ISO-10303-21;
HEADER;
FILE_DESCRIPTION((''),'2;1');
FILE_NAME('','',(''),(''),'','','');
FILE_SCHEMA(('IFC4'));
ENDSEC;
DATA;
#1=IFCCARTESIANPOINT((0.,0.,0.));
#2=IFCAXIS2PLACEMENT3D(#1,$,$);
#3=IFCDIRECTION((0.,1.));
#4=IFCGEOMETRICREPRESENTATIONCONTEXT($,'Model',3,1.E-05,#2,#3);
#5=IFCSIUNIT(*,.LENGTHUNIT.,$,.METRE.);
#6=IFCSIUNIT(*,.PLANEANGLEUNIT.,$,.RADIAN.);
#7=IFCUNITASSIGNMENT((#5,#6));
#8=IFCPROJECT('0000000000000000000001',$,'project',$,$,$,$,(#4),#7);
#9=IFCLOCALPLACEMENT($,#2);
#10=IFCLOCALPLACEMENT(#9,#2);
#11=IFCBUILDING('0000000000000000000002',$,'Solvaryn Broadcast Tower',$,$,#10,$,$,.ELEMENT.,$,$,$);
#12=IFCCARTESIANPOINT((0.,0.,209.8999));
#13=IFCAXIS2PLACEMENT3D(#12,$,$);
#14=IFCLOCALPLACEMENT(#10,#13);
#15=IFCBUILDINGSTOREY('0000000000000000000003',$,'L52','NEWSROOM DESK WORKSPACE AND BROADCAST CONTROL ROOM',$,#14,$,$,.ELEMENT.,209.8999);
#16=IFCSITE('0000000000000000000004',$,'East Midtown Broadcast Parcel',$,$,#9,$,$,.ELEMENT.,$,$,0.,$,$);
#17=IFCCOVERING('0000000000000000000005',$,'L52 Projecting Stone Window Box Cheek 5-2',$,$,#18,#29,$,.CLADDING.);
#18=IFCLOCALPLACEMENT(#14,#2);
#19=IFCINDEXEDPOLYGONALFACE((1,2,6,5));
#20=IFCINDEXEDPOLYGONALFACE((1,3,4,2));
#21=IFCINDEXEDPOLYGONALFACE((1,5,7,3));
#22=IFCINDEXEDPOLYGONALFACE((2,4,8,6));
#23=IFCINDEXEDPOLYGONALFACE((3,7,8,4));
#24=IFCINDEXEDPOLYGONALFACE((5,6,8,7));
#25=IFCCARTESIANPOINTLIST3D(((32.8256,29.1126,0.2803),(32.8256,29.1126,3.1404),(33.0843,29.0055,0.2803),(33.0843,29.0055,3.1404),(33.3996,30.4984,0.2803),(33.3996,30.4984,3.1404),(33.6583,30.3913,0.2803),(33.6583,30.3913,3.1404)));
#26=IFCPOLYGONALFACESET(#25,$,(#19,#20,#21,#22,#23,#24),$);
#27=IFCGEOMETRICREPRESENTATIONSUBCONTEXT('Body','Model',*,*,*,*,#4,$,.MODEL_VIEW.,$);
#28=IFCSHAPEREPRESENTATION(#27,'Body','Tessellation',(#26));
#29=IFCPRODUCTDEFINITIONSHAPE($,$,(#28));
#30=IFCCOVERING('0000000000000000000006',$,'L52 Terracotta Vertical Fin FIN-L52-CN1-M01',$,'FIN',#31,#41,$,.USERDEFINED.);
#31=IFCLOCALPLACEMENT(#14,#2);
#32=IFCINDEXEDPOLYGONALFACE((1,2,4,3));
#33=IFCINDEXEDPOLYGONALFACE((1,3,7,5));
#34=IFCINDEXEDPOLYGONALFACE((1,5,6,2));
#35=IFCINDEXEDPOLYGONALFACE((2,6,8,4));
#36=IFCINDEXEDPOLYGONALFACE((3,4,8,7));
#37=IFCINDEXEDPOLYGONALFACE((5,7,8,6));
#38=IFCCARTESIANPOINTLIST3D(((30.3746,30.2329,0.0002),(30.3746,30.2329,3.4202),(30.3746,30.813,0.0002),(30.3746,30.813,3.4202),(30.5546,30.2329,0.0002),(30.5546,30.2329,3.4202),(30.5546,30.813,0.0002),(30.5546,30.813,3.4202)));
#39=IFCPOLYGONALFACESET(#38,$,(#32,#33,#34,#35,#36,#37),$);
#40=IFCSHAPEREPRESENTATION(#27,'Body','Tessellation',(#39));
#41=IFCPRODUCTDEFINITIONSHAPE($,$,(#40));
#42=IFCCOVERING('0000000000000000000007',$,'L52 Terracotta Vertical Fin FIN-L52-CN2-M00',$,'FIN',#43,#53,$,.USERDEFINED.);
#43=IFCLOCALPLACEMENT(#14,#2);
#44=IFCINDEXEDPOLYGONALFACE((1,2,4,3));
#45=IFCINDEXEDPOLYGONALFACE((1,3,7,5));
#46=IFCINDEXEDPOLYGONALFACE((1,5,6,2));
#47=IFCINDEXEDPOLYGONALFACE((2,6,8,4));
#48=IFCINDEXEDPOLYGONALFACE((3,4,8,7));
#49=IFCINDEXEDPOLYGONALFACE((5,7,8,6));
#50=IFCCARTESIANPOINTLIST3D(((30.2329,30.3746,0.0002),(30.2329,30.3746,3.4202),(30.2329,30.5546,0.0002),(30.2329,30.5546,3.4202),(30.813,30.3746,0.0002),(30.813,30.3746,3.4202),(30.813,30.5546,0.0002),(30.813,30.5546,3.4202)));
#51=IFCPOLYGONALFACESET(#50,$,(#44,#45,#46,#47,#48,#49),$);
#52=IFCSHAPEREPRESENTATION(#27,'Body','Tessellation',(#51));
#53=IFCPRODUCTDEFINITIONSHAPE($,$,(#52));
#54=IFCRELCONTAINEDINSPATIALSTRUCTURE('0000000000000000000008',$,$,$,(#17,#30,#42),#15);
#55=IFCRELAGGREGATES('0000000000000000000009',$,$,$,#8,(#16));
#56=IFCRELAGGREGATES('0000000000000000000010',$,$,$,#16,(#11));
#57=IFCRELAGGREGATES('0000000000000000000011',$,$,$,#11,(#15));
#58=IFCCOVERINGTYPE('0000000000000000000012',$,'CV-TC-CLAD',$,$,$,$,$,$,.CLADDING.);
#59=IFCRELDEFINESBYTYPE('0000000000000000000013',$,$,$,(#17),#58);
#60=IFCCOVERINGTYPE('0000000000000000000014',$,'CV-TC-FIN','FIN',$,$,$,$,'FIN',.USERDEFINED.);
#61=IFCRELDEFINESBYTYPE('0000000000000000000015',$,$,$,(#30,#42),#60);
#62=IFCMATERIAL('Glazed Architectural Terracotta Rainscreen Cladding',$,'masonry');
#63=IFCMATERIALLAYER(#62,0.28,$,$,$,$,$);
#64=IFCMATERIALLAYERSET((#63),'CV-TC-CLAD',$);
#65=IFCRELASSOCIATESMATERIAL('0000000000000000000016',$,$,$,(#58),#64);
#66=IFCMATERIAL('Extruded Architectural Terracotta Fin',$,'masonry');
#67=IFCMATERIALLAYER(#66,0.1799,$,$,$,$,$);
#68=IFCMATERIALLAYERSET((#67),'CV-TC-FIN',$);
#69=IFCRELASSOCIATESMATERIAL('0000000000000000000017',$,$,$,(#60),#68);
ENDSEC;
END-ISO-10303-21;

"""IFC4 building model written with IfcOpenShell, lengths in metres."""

from ifc_helpers import new_model, si_unit, direction, frame, origin, origin_2d, place, context, subcontext, project, spatial, rectangle, extrude, material, layer, layer_set, type_object, element, save


model = new_model("IFC4")

# Units and contexts
model_context = context("Model", 3, precision=1e-05, world=origin(), true_north=direction((0.0, 1.0)))
body_context = subcontext(model_context, "Body", "Model", "MODEL_VIEW")
ifc_project = project(units=[si_unit("LENGTHUNIT", "METRE"), si_unit("PLANEANGLEUNIT", "RADIAN")], contexts=[model_context])

# Site, building, storey
site_placement = place(None, origin())
site = spatial("IfcSite", under=ifc_project, at=site_placement, Name="East Midtown Broadcast Parcel", CompositionType="ELEMENT", RefElevation=0.0)
building_placement = place(site_placement, origin())
building = spatial("IfcBuilding", under=site, at=building_placement, Name="Solvaryn Broadcast Tower", CompositionType="ELEMENT")
storey_placement = place(building_placement, frame((0.0, 0.0, 209.8999)))
storey = spatial("IfcBuildingStorey", under=building, at=storey_placement, Name="L52", Description="NEWSROOM DESK WORKSPACE AND BROADCAST CONTROL ROOM", CompositionType="ELEMENT", Elevation=209.8999)

# Coverings
ifc_material_1 = material(Name="Glazed Architectural Terracotta Rainscreen Cladding", Category="masonry")
ifc_layer_1 = layer(ifc_material_1, 0.28)
ifc_layer_set_1 = layer_set([ifc_layer_1], Name="CV-TC-CLAD")
covering_type_1 = type_object("IfcCoveringType", Name="CV-TC-CLAD", PredefinedType="CLADDING", material=ifc_layer_set_1)
covering_1_placement = place(storey_placement, frame((33.2419, 29.752, 0.2803), z_axis=(0.0, 0.0, 1.0), x_axis=(-0.92388, 0.382683, 0.0)))
element("IfcCovering", 1, at=covering_1_placement, inside=storey, type_object=covering_type_1, Name="L52 Projecting Stone Window Box Cheek 5-2", PredefinedType="CLADDING", context=body_context, shape_type="SweptSolid", body=[
    extrude(rectangle(XDim=0.28, YDim=1.5, at=origin_2d()), origin(), (0.0, 0.0, 1.0), 2.8601),
])
ifc_material_2 = material(Name="Extruded Architectural Terracotta Fin", Category="masonry")
ifc_layer_2 = layer(ifc_material_2, 0.1799)
ifc_layer_set_2 = layer_set([ifc_layer_2], Name="CV-TC-FIN")
covering_type_2 = type_object("IfcCoveringType", Name="CV-TC-FIN", Description="FIN", ElementType="FIN", PredefinedType="USERDEFINED", material=ifc_layer_set_2)
covering_2_placement = place(storey_placement, frame((30.4646, 30.5229, 0.0002), z_axis=(0.0, 0.0, 1.0), x_axis=(1.0, 0.0, 0.0)))
element("IfcCovering", 2, at=covering_2_placement, inside=storey, type_object=covering_type_2, Name="L52 Terracotta Vertical Fin FIN-L52-CN1-M01", ObjectType="FIN", PredefinedType="USERDEFINED", context=body_context, shape_type="SweptSolid", body=[
    extrude(rectangle(XDim=0.1799, YDim=0.5801, at=origin_2d()), origin(), (0.0, 0.0, 1.0), 3.4199),
])
covering_3_placement = place(storey_placement, frame((30.5229, 30.4646, 0.0002), z_axis=(0.0, 0.0, 1.0), x_axis=(1.0, 0.0, 0.0)))
element("IfcCovering", 3, at=covering_3_placement, inside=storey, type_object=covering_type_2, Name="L52 Terracotta Vertical Fin FIN-L52-CN2-M00", ObjectType="FIN", PredefinedType="USERDEFINED", context=body_context, shape_type="SweptSolid", body=[
    extrude(rectangle(XDim=0.5801, YDim=0.1799, at=origin_2d()), origin(), (0.0, 0.0, 1.0), 3.4199),
])

save(model, "model.ifc")
